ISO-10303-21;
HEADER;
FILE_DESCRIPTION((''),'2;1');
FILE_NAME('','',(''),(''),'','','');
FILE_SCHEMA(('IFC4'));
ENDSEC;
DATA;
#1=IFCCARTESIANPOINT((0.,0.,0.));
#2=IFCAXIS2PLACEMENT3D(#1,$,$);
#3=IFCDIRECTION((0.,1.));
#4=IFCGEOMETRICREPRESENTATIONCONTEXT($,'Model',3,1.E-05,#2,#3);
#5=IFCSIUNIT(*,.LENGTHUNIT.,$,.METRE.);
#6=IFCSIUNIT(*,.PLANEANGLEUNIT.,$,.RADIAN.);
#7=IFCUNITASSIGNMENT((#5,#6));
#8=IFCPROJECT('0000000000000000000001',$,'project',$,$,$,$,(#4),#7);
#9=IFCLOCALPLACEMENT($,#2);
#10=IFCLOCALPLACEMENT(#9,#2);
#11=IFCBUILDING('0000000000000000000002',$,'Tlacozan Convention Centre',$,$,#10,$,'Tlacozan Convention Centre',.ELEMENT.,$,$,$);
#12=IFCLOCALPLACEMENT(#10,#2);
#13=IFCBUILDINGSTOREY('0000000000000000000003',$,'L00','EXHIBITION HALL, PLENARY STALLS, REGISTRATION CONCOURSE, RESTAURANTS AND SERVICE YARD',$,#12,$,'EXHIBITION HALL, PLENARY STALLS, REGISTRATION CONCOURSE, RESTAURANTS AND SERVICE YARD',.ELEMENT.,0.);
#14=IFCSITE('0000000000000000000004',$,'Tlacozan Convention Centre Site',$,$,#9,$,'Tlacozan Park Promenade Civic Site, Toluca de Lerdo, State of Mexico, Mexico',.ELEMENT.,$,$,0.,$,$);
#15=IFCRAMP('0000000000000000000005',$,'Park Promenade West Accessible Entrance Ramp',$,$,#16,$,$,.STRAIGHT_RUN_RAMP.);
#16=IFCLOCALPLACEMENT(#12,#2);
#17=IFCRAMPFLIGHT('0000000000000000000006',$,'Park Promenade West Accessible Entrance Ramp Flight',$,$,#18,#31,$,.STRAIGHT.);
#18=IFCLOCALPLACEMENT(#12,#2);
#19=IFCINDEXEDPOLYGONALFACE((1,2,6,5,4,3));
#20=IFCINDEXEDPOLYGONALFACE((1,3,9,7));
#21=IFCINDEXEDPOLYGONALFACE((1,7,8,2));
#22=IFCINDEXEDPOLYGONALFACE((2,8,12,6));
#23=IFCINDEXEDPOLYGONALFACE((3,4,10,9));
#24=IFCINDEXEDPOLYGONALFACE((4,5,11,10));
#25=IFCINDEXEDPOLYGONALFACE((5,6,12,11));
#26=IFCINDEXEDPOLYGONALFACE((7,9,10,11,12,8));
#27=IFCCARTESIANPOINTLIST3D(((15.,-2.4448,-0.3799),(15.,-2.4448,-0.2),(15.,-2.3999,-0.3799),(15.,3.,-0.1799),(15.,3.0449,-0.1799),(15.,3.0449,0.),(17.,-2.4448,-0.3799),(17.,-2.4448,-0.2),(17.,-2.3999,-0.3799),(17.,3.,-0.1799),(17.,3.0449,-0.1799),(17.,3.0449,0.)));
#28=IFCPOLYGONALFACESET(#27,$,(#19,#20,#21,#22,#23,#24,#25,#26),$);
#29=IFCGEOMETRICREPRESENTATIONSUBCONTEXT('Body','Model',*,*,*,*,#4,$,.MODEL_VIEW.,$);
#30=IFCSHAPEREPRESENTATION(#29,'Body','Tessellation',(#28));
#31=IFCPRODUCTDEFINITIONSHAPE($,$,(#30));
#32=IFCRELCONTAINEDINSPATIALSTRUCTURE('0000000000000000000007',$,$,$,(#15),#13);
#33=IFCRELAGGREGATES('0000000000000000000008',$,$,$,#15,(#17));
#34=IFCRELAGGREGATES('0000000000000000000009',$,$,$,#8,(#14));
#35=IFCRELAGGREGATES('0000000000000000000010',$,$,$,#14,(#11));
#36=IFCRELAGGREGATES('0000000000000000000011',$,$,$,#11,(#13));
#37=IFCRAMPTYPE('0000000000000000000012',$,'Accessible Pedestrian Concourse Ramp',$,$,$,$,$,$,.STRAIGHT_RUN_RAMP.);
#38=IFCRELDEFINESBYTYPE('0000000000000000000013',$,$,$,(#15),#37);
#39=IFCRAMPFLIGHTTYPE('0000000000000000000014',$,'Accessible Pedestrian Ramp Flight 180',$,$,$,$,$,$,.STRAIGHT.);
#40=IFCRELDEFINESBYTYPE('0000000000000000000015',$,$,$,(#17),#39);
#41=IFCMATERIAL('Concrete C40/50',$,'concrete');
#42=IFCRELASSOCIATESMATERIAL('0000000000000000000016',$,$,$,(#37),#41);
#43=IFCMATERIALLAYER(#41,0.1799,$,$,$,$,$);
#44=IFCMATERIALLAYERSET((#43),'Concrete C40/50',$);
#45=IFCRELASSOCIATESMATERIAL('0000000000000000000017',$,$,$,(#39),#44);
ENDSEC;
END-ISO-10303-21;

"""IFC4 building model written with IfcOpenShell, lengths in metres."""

from ifc_helpers import new_model, si_unit, direction, frame, origin, place, context, subcontext, project, spatial, polyline, outline, extrude, material, layer, layer_set, type_object, element, aggregate, save


model = new_model("IFC4")

# Units and contexts
model_context = context("Model", 3, precision=1e-05, world=origin(), true_north=direction((0.0, 1.0)))
body_context = subcontext(model_context, "Body", "Model", "MODEL_VIEW")
ifc_project = project(units=[si_unit("LENGTHUNIT", "METRE"), si_unit("PLANEANGLEUNIT", "RADIAN")], contexts=[model_context])

# Site, building, storey
site_placement = place(None, origin())
site = spatial("IfcSite", under=ifc_project, at=site_placement, Name="Tlacozan Convention Centre Site", LongName="Tlacozan Park Promenade Civic Site, Toluca de Lerdo, State of Mexico, Mexico", CompositionType="ELEMENT", RefElevation=0.0)
building_placement = place(site_placement, origin())
building = spatial("IfcBuilding", under=site, at=building_placement, Name="Tlacozan Convention Centre", LongName="Tlacozan Convention Centre", CompositionType="ELEMENT")
storey_placement = place(building_placement, origin())
storey = spatial("IfcBuildingStorey", under=building, at=storey_placement, Name="L00", Description="EXHIBITION HALL, PLENARY STALLS, REGISTRATION CONCOURSE, RESTAURANTS AND SERVICE YARD", LongName="EXHIBITION HALL, PLENARY STALLS, REGISTRATION CONCOURSE, RESTAURANTS AND SERVICE YARD", CompositionType="ELEMENT", Elevation=0.0)

# Shared definitions
ifc_material_1 = material(Name="Concrete C40/50", Category="concrete")

# Ramp, ramp flight
ramp_type = type_object("IfcRampType", Name="Accessible Pedestrian Concourse Ramp", PredefinedType="STRAIGHT_RUN_RAMP", material=ifc_material_1)
ramp_placement = place(storey_placement, origin())
ramp = element("IfcRamp", 1, at=ramp_placement, inside=storey, type_object=ramp_type, Name="Park Promenade West Accessible Entrance Ramp", PredefinedType="STRAIGHT_RUN_RAMP")
ifc_layer_1 = layer(ifc_material_1, 0.1799)
ifc_layer_set_1 = layer_set([ifc_layer_1], Name="Concrete C40/50")
ramp_flight_type = type_object("IfcRampFlightType", Name="Accessible Pedestrian Ramp Flight 180", PredefinedType="STRAIGHT", material=ifc_layer_set_1)
ramp_flight_placement = place(storey_placement, frame((16.0, -2.3999, -0.2), z_axis=(0.0, 0.0, 1.0), x_axis=(0.0, 1.0, 0.0)))
ramp_flight = element("IfcRampFlight", 2, at=ramp_flight_placement, type_object=ramp_flight_type, Name="Park Promenade West Accessible Entrance Ramp Flight", PredefinedType="STRAIGHT", context=body_context, shape_type="SweptSolid", body=[
    extrude(outline(polyline([(-0.0449, 0.0), (-0.0449, -0.1799), (0.0, -0.1799), (5.3999, 0.02), (5.4448, 0.02), (5.4448, 0.2), (-0.0449, 0.0)])), frame((0.0, 1.0, 0.0), z_axis=(0.0, -1.0, 0.0), x_axis=(1.0, 0.0, 0.0)), (0.0, 0.0, 1.0), 2.0),
])
aggregate(ramp, [ramp_flight])

save(model, "model.ifc")
